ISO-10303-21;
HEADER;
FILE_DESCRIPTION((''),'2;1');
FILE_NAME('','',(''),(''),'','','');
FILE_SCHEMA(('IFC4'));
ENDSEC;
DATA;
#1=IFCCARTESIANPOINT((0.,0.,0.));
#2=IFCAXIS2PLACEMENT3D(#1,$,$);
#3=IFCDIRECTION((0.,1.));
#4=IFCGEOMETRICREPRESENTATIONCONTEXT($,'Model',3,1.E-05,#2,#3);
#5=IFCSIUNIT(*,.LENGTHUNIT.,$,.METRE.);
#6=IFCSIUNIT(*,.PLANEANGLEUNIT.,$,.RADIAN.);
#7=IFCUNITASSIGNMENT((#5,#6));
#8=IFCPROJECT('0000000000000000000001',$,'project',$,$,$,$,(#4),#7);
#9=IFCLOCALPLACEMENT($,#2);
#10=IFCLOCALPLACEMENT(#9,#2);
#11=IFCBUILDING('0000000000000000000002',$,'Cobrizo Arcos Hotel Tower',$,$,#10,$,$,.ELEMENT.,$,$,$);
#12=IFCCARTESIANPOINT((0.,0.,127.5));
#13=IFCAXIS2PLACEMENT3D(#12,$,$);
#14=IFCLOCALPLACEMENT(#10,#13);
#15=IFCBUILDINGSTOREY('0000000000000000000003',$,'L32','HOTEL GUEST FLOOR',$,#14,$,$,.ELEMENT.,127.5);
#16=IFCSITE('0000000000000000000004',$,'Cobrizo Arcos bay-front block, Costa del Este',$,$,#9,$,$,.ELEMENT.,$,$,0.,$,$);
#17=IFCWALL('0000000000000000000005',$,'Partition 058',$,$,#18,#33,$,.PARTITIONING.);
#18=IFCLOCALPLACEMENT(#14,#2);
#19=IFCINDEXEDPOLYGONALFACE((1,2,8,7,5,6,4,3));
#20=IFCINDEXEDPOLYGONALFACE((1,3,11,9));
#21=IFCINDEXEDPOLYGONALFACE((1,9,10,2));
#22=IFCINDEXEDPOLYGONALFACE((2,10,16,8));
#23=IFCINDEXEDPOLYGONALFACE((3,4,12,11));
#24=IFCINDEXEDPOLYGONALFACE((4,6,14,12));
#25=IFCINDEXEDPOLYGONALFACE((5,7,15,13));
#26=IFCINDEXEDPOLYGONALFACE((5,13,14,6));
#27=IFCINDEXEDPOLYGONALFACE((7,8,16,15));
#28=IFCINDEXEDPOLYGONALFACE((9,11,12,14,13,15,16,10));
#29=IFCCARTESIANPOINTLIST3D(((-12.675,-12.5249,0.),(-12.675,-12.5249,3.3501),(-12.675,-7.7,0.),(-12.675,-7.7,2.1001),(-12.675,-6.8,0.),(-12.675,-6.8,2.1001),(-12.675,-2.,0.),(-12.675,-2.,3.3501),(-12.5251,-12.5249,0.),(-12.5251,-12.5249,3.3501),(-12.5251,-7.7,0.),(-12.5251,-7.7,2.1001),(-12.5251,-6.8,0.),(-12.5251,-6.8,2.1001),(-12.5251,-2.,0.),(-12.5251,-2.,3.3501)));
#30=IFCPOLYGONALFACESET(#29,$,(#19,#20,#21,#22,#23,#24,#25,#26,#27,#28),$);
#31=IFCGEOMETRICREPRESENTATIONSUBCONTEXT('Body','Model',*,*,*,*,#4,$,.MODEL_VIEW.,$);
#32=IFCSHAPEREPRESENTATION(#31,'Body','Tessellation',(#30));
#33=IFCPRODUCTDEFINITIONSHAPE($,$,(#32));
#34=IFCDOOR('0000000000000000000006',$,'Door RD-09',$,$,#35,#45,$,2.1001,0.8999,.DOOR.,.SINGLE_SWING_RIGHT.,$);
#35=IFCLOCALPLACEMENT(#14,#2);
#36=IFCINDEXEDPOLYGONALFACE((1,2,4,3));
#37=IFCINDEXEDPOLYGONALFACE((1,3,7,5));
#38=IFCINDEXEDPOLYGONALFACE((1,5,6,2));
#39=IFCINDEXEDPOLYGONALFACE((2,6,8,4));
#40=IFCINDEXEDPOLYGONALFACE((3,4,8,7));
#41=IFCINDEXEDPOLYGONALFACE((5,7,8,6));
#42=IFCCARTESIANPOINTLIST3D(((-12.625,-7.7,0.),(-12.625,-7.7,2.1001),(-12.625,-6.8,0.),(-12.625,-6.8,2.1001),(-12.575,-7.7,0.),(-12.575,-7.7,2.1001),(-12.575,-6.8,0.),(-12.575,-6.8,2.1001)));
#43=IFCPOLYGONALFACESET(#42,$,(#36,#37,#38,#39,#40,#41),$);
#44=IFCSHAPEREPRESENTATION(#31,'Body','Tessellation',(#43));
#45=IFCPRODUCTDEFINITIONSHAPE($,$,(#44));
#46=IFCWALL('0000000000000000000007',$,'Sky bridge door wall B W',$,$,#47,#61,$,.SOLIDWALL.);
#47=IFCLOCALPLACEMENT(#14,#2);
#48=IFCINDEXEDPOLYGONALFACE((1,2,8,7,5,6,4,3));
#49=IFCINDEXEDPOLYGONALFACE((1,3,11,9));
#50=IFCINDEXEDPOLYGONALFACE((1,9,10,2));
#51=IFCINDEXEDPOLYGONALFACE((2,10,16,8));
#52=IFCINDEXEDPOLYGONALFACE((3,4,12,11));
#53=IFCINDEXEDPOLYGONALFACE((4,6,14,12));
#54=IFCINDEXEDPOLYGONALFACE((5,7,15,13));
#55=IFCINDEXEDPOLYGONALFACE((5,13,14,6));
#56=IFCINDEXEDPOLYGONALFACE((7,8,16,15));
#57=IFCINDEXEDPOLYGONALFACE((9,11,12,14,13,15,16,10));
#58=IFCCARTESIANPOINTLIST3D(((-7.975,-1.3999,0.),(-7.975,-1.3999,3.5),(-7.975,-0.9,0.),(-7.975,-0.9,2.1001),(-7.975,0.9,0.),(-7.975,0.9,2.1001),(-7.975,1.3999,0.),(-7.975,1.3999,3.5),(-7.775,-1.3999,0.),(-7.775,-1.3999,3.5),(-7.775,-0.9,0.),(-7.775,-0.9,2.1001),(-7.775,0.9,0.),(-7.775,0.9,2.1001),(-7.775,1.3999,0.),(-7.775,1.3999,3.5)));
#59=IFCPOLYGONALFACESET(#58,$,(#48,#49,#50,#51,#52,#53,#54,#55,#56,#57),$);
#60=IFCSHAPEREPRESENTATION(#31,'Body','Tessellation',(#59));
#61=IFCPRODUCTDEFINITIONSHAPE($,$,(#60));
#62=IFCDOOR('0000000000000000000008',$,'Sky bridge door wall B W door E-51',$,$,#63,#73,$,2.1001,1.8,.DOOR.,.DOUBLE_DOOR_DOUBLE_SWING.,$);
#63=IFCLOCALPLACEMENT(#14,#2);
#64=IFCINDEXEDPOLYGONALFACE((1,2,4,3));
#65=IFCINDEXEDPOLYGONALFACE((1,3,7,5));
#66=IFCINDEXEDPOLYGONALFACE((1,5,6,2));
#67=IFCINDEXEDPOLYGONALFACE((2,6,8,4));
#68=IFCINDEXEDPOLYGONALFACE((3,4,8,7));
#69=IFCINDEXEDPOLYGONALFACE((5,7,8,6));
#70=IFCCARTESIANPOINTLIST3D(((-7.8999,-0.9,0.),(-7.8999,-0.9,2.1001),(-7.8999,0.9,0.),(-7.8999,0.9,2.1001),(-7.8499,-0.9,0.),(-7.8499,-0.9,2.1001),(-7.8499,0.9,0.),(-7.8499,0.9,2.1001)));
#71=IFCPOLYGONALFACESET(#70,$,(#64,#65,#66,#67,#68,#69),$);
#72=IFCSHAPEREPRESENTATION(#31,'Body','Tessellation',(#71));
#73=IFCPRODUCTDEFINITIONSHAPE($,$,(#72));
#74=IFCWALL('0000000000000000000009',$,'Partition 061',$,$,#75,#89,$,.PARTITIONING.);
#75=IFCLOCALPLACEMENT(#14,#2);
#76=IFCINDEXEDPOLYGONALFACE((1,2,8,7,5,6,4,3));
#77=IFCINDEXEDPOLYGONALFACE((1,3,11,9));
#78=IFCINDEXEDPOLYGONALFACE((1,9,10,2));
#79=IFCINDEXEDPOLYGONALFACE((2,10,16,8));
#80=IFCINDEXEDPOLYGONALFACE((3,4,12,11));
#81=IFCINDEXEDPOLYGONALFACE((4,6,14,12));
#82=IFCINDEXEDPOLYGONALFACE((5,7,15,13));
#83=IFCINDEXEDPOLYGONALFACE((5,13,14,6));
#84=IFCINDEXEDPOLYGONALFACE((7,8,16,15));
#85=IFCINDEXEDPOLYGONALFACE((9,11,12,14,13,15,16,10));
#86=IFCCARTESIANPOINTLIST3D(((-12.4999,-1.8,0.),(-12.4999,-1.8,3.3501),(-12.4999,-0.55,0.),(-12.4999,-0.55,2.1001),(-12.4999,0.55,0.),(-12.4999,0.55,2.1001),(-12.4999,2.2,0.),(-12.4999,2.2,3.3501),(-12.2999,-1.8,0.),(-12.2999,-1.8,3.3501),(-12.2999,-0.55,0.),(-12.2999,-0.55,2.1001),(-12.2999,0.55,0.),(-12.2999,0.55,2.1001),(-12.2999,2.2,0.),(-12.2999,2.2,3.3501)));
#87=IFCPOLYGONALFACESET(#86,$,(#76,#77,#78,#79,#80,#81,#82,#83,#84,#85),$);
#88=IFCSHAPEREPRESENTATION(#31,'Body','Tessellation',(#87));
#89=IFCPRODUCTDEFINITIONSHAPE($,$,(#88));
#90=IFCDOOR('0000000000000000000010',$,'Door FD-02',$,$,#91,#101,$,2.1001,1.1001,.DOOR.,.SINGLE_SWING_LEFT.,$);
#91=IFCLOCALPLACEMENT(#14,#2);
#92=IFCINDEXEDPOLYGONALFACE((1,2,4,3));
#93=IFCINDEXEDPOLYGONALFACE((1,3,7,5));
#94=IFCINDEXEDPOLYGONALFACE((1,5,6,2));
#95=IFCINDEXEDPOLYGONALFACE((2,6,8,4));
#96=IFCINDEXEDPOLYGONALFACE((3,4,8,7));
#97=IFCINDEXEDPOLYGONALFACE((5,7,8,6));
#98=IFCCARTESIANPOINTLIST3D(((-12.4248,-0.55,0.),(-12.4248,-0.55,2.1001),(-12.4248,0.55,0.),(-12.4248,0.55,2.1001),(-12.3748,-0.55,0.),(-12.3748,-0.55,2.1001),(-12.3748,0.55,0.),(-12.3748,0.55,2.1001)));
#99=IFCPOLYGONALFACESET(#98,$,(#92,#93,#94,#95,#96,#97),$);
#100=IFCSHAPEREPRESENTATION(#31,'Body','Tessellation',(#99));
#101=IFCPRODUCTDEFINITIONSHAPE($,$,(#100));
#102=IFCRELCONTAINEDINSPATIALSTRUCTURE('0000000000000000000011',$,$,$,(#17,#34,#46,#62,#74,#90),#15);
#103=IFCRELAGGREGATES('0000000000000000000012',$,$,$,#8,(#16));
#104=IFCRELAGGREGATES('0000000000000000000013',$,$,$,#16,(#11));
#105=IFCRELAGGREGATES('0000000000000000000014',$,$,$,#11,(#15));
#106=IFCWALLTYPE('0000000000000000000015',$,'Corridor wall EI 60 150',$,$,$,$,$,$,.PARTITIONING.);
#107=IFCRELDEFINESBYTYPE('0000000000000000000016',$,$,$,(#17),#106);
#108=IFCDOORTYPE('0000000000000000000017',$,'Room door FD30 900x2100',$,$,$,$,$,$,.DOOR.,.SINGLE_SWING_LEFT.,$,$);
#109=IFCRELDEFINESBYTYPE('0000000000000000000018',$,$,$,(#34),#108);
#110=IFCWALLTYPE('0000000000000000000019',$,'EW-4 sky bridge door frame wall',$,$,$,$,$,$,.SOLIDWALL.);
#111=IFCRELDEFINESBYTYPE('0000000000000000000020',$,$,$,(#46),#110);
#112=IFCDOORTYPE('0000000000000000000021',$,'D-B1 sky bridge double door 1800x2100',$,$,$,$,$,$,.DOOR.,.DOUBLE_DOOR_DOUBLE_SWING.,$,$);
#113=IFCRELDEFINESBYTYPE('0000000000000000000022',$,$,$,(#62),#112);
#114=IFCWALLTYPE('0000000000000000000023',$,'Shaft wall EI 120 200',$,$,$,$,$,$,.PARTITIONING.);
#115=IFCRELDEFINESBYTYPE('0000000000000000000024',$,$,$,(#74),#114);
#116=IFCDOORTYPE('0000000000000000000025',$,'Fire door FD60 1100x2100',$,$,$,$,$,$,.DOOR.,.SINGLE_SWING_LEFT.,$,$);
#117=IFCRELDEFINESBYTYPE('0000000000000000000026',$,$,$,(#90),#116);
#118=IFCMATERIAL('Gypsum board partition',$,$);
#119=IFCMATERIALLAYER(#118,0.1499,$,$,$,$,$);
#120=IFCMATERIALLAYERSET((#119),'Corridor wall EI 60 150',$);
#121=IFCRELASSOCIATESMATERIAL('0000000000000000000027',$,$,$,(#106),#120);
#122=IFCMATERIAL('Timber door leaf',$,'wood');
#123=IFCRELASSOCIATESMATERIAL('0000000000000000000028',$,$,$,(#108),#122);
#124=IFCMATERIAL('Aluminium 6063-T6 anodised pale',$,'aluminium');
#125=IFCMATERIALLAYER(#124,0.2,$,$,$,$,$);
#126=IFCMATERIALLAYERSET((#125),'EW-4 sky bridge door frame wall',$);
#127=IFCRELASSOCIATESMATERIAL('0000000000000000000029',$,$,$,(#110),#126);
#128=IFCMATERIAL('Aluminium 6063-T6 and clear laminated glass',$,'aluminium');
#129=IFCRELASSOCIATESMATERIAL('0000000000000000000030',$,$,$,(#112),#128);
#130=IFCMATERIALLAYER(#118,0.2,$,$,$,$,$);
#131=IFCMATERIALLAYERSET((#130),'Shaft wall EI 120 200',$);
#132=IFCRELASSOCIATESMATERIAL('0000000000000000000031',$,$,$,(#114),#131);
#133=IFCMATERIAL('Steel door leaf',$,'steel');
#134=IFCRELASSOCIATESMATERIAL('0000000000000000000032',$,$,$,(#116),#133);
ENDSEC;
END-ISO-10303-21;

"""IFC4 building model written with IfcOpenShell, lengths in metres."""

from ifc_helpers import new_model, si_unit, direction, frame, frame_2d, origin, place, context, subcontext, project, spatial, rectangle, extrude, material, layer, layer_set, type_object, element, fill, save


model = new_model("IFC4")

# Units and contexts
model_context = context("Model", 3, precision=1e-05, world=origin(), true_north=direction((0.0, 1.0)))
body_context = subcontext(model_context, "Body", "Model", "MODEL_VIEW")
ifc_project = project(units=[si_unit("LENGTHUNIT", "METRE"), si_unit("PLANEANGLEUNIT", "RADIAN")], contexts=[model_context])

# Site, building, storey
site_placement = place(None, origin())
site = spatial("IfcSite", under=ifc_project, at=site_placement, Name="Cobrizo Arcos bay-front block, Costa del Este", CompositionType="ELEMENT", RefElevation=0.0)
building_placement = place(site_placement, origin())
building = spatial("IfcBuilding", under=site, at=building_placement, Name="Cobrizo Arcos Hotel Tower", CompositionType="ELEMENT")
storey_placement = place(building_placement, frame((0.0, 0.0, 127.5)))
storey = spatial("IfcBuildingStorey", under=building, at=storey_placement, Name="L32", Description="HOTEL GUEST FLOOR", CompositionType="ELEMENT", Elevation=127.5)

# Shared definitions
ifc_material_1 = material(Name="Gypsum board partition")
ifc_layer_1 = layer(ifc_material_1, 0.1499)
ifc_layer_set_1 = layer_set([ifc_layer_1], Name="Corridor wall EI 60 150")
wall_type_1 = type_object("IfcWallType", Name="Corridor wall EI 60 150", PredefinedType="PARTITIONING", material=ifc_layer_set_1)

# Walls, openings, doors
wall_1_placement = place(storey_placement, frame((-12.6001, -12.5249, 0.0), z_axis=(0.0, 0.0, 1.0), x_axis=(0.0, 1.0, 0.0)))
wall_1 = element("IfcWall", 1, at=wall_1_placement, inside=storey, type_object=wall_type_1, Name="Partition 058", PredefinedType="PARTITIONING", context=body_context, shape_type="SweptSolid", body=[
    extrude(rectangle(XDim=10.5249, YDim=0.1499, at=frame_2d((5.2625, 0.0))), origin(), (0.0, 0.0, 1.0), 3.3501),
])
opening_1_placement = place(wall_1_placement, frame((4.825, 0.0, 0.0)))
opening_1 = element("IfcOpeningElement", 2, at=opening_1_placement, cuts=wall_1, PredefinedType="OPENING", context=body_context, shape_type="SweptSolid", body=[
    extrude(rectangle(XDim=0.8999, YDim=2.1001, at=frame_2d((0.45, 1.05))), frame((0.0, 0.0869, 0.0), z_axis=(0.0, -1.0, 0.0), x_axis=(1.0, 0.0, 0.0)), (0.0, 0.0, 1.0), 0.1738),
])
ifc_material_2 = material(Name="Timber door leaf", Category="wood")
door_type_1 = type_object("IfcDoorType", Name="Room door FD30 900x2100", OperationType="SINGLE_SWING_LEFT", PredefinedType="DOOR", material=ifc_material_2)
door_1_placement = place(opening_1_placement, origin())
door_1 = element("IfcDoor", 3, at=door_1_placement, inside=storey, type_object=door_type_1, Name="Door RD-09", OperationType="SINGLE_SWING_RIGHT", OverallHeight=2.1001, OverallWidth=0.8999, PredefinedType="DOOR", context=body_context, shape_type="SweptSolid", body=[
    extrude(rectangle(XDim=0.8999, YDim=2.1001, at=frame_2d((0.45, 1.05))), frame((0.0, 0.0249, 0.0), z_axis=(0.0, -1.0, 0.0), x_axis=(1.0, 0.0, 0.0)), (0.0, 0.0, 1.0), 0.05),
])
fill(opening_1, door_1)
ifc_material_3 = material(Name="Aluminium 6063-T6 anodised pale", Category="aluminium")
ifc_layer_2 = layer(ifc_material_3, 0.2)
ifc_layer_set_2 = layer_set([ifc_layer_2], Name="EW-4 sky bridge door frame wall")
wall_type_2 = type_object("IfcWallType", Name="EW-4 sky bridge door frame wall", PredefinedType="SOLIDWALL", material=ifc_layer_set_2)
wall_2_placement = place(storey_placement, frame((-7.875, -1.3999, 0.0), z_axis=(0.0, 0.0, 1.0), x_axis=(0.0, 1.0, 0.0)))
wall_2 = element("IfcWall", 4, at=wall_2_placement, inside=storey, type_object=wall_type_2, Name="Sky bridge door wall B W", PredefinedType="SOLIDWALL", context=body_context, shape_type="SweptSolid", body=[
    extrude(rectangle(XDim=2.7998, YDim=0.2, at=frame_2d((1.3999, 0.0))), origin(), (0.0, 0.0, 1.0), 3.5),
])
opening_2_placement = place(wall_2_placement, frame((0.5, 0.0, 0.0)))
opening_2 = element("IfcOpeningElement", 5, at=opening_2_placement, cuts=wall_2, PredefinedType="OPENING", context=body_context, shape_type="SweptSolid", body=[
    extrude(rectangle(XDim=1.8, YDim=2.1001, at=frame_2d((0.8999, 1.05))), frame((0.0, 0.1121, 0.0), z_axis=(0.0, -1.0, 0.0), x_axis=(1.0, 0.0, 0.0)), (0.0, 0.0, 1.0), 0.2239),
])
ifc_material_4 = material(Name="Aluminium 6063-T6 and clear laminated glass", Category="aluminium")
door_type_2 = type_object("IfcDoorType", Name="D-B1 sky bridge double door 1800x2100", OperationType="DOUBLE_DOOR_DOUBLE_SWING", PredefinedType="DOOR", material=ifc_material_4)
door_2_placement = place(opening_2_placement, origin())
door_2 = element("IfcDoor", 6, at=door_2_placement, inside=storey, type_object=door_type_2, Name="Sky bridge door wall B W door E-51", OperationType="DOUBLE_DOOR_DOUBLE_SWING", OverallHeight=2.1001, OverallWidth=1.8, PredefinedType="DOOR", context=body_context, shape_type="SweptSolid", body=[
    extrude(rectangle(XDim=1.8, YDim=2.1001, at=frame_2d((0.8999, 1.05))), frame((0.0, 0.0249, 0.0), z_axis=(0.0, -1.0, 0.0), x_axis=(1.0, 0.0, 0.0)), (0.0, 0.0, 1.0), 0.05),
])
fill(opening_2, door_2)
ifc_layer_3 = layer(ifc_material_1, 0.2)
ifc_layer_set_3 = layer_set([ifc_layer_3], Name="Shaft wall EI 120 200")
wall_type_3 = type_object("IfcWallType", Name="Shaft wall EI 120 200", PredefinedType="PARTITIONING", material=ifc_layer_set_3)
wall_3_placement = place(storey_placement, frame((-12.3999, -1.8, 0.0), z_axis=(0.0, 0.0, 1.0), x_axis=(0.0, 1.0, 0.0)))
wall_3 = element("IfcWall", 7, at=wall_3_placement, inside=storey, type_object=wall_type_3, Name="Partition 061", PredefinedType="PARTITIONING", context=body_context, shape_type="SweptSolid", body=[
    extrude(rectangle(XDim=4.0, YDim=0.2, at=frame_2d((2.0, 0.0))), origin(), (0.0, 0.0, 1.0), 3.3501),
])
opening_3_placement = place(wall_3_placement, frame((1.25, 0.0, 0.0)))
opening_3 = element("IfcOpeningElement", 8, at=opening_3_placement, cuts=wall_3, PredefinedType="OPENING", context=body_context, shape_type="SweptSolid", body=[
    extrude(rectangle(XDim=1.1001, YDim=2.1001, at=frame_2d((0.55, 1.05))), frame((0.0, 0.1121, 0.0), z_axis=(0.0, -1.0, 0.0), x_axis=(1.0, 0.0, 0.0)), (0.0, 0.0, 1.0), 0.2239),
])
ifc_material_5 = material(Name="Steel door leaf", Category="steel")
door_type_3 = type_object("IfcDoorType", Name="Fire door FD60 1100x2100", OperationType="SINGLE_SWING_LEFT", PredefinedType="DOOR", material=ifc_material_5)
door_3_placement = place(opening_3_placement, origin())
door_3 = element("IfcDoor", 9, at=door_3_placement, inside=storey, type_object=door_type_3, Name="Door FD-02", OperationType="SINGLE_SWING_LEFT", OverallHeight=2.1001, OverallWidth=1.1001, PredefinedType="DOOR", context=body_context, shape_type="SweptSolid", body=[
    extrude(rectangle(XDim=1.1001, YDim=2.1001, at=frame_2d((0.55, 1.05))), frame((0.0, 0.0249, 0.0), z_axis=(0.0, -1.0, 0.0), x_axis=(1.0, 0.0, 0.0)), (0.0, 0.0, 1.0), 0.05),
])
fill(opening_3, door_3)

save(model, "model.ifc")
